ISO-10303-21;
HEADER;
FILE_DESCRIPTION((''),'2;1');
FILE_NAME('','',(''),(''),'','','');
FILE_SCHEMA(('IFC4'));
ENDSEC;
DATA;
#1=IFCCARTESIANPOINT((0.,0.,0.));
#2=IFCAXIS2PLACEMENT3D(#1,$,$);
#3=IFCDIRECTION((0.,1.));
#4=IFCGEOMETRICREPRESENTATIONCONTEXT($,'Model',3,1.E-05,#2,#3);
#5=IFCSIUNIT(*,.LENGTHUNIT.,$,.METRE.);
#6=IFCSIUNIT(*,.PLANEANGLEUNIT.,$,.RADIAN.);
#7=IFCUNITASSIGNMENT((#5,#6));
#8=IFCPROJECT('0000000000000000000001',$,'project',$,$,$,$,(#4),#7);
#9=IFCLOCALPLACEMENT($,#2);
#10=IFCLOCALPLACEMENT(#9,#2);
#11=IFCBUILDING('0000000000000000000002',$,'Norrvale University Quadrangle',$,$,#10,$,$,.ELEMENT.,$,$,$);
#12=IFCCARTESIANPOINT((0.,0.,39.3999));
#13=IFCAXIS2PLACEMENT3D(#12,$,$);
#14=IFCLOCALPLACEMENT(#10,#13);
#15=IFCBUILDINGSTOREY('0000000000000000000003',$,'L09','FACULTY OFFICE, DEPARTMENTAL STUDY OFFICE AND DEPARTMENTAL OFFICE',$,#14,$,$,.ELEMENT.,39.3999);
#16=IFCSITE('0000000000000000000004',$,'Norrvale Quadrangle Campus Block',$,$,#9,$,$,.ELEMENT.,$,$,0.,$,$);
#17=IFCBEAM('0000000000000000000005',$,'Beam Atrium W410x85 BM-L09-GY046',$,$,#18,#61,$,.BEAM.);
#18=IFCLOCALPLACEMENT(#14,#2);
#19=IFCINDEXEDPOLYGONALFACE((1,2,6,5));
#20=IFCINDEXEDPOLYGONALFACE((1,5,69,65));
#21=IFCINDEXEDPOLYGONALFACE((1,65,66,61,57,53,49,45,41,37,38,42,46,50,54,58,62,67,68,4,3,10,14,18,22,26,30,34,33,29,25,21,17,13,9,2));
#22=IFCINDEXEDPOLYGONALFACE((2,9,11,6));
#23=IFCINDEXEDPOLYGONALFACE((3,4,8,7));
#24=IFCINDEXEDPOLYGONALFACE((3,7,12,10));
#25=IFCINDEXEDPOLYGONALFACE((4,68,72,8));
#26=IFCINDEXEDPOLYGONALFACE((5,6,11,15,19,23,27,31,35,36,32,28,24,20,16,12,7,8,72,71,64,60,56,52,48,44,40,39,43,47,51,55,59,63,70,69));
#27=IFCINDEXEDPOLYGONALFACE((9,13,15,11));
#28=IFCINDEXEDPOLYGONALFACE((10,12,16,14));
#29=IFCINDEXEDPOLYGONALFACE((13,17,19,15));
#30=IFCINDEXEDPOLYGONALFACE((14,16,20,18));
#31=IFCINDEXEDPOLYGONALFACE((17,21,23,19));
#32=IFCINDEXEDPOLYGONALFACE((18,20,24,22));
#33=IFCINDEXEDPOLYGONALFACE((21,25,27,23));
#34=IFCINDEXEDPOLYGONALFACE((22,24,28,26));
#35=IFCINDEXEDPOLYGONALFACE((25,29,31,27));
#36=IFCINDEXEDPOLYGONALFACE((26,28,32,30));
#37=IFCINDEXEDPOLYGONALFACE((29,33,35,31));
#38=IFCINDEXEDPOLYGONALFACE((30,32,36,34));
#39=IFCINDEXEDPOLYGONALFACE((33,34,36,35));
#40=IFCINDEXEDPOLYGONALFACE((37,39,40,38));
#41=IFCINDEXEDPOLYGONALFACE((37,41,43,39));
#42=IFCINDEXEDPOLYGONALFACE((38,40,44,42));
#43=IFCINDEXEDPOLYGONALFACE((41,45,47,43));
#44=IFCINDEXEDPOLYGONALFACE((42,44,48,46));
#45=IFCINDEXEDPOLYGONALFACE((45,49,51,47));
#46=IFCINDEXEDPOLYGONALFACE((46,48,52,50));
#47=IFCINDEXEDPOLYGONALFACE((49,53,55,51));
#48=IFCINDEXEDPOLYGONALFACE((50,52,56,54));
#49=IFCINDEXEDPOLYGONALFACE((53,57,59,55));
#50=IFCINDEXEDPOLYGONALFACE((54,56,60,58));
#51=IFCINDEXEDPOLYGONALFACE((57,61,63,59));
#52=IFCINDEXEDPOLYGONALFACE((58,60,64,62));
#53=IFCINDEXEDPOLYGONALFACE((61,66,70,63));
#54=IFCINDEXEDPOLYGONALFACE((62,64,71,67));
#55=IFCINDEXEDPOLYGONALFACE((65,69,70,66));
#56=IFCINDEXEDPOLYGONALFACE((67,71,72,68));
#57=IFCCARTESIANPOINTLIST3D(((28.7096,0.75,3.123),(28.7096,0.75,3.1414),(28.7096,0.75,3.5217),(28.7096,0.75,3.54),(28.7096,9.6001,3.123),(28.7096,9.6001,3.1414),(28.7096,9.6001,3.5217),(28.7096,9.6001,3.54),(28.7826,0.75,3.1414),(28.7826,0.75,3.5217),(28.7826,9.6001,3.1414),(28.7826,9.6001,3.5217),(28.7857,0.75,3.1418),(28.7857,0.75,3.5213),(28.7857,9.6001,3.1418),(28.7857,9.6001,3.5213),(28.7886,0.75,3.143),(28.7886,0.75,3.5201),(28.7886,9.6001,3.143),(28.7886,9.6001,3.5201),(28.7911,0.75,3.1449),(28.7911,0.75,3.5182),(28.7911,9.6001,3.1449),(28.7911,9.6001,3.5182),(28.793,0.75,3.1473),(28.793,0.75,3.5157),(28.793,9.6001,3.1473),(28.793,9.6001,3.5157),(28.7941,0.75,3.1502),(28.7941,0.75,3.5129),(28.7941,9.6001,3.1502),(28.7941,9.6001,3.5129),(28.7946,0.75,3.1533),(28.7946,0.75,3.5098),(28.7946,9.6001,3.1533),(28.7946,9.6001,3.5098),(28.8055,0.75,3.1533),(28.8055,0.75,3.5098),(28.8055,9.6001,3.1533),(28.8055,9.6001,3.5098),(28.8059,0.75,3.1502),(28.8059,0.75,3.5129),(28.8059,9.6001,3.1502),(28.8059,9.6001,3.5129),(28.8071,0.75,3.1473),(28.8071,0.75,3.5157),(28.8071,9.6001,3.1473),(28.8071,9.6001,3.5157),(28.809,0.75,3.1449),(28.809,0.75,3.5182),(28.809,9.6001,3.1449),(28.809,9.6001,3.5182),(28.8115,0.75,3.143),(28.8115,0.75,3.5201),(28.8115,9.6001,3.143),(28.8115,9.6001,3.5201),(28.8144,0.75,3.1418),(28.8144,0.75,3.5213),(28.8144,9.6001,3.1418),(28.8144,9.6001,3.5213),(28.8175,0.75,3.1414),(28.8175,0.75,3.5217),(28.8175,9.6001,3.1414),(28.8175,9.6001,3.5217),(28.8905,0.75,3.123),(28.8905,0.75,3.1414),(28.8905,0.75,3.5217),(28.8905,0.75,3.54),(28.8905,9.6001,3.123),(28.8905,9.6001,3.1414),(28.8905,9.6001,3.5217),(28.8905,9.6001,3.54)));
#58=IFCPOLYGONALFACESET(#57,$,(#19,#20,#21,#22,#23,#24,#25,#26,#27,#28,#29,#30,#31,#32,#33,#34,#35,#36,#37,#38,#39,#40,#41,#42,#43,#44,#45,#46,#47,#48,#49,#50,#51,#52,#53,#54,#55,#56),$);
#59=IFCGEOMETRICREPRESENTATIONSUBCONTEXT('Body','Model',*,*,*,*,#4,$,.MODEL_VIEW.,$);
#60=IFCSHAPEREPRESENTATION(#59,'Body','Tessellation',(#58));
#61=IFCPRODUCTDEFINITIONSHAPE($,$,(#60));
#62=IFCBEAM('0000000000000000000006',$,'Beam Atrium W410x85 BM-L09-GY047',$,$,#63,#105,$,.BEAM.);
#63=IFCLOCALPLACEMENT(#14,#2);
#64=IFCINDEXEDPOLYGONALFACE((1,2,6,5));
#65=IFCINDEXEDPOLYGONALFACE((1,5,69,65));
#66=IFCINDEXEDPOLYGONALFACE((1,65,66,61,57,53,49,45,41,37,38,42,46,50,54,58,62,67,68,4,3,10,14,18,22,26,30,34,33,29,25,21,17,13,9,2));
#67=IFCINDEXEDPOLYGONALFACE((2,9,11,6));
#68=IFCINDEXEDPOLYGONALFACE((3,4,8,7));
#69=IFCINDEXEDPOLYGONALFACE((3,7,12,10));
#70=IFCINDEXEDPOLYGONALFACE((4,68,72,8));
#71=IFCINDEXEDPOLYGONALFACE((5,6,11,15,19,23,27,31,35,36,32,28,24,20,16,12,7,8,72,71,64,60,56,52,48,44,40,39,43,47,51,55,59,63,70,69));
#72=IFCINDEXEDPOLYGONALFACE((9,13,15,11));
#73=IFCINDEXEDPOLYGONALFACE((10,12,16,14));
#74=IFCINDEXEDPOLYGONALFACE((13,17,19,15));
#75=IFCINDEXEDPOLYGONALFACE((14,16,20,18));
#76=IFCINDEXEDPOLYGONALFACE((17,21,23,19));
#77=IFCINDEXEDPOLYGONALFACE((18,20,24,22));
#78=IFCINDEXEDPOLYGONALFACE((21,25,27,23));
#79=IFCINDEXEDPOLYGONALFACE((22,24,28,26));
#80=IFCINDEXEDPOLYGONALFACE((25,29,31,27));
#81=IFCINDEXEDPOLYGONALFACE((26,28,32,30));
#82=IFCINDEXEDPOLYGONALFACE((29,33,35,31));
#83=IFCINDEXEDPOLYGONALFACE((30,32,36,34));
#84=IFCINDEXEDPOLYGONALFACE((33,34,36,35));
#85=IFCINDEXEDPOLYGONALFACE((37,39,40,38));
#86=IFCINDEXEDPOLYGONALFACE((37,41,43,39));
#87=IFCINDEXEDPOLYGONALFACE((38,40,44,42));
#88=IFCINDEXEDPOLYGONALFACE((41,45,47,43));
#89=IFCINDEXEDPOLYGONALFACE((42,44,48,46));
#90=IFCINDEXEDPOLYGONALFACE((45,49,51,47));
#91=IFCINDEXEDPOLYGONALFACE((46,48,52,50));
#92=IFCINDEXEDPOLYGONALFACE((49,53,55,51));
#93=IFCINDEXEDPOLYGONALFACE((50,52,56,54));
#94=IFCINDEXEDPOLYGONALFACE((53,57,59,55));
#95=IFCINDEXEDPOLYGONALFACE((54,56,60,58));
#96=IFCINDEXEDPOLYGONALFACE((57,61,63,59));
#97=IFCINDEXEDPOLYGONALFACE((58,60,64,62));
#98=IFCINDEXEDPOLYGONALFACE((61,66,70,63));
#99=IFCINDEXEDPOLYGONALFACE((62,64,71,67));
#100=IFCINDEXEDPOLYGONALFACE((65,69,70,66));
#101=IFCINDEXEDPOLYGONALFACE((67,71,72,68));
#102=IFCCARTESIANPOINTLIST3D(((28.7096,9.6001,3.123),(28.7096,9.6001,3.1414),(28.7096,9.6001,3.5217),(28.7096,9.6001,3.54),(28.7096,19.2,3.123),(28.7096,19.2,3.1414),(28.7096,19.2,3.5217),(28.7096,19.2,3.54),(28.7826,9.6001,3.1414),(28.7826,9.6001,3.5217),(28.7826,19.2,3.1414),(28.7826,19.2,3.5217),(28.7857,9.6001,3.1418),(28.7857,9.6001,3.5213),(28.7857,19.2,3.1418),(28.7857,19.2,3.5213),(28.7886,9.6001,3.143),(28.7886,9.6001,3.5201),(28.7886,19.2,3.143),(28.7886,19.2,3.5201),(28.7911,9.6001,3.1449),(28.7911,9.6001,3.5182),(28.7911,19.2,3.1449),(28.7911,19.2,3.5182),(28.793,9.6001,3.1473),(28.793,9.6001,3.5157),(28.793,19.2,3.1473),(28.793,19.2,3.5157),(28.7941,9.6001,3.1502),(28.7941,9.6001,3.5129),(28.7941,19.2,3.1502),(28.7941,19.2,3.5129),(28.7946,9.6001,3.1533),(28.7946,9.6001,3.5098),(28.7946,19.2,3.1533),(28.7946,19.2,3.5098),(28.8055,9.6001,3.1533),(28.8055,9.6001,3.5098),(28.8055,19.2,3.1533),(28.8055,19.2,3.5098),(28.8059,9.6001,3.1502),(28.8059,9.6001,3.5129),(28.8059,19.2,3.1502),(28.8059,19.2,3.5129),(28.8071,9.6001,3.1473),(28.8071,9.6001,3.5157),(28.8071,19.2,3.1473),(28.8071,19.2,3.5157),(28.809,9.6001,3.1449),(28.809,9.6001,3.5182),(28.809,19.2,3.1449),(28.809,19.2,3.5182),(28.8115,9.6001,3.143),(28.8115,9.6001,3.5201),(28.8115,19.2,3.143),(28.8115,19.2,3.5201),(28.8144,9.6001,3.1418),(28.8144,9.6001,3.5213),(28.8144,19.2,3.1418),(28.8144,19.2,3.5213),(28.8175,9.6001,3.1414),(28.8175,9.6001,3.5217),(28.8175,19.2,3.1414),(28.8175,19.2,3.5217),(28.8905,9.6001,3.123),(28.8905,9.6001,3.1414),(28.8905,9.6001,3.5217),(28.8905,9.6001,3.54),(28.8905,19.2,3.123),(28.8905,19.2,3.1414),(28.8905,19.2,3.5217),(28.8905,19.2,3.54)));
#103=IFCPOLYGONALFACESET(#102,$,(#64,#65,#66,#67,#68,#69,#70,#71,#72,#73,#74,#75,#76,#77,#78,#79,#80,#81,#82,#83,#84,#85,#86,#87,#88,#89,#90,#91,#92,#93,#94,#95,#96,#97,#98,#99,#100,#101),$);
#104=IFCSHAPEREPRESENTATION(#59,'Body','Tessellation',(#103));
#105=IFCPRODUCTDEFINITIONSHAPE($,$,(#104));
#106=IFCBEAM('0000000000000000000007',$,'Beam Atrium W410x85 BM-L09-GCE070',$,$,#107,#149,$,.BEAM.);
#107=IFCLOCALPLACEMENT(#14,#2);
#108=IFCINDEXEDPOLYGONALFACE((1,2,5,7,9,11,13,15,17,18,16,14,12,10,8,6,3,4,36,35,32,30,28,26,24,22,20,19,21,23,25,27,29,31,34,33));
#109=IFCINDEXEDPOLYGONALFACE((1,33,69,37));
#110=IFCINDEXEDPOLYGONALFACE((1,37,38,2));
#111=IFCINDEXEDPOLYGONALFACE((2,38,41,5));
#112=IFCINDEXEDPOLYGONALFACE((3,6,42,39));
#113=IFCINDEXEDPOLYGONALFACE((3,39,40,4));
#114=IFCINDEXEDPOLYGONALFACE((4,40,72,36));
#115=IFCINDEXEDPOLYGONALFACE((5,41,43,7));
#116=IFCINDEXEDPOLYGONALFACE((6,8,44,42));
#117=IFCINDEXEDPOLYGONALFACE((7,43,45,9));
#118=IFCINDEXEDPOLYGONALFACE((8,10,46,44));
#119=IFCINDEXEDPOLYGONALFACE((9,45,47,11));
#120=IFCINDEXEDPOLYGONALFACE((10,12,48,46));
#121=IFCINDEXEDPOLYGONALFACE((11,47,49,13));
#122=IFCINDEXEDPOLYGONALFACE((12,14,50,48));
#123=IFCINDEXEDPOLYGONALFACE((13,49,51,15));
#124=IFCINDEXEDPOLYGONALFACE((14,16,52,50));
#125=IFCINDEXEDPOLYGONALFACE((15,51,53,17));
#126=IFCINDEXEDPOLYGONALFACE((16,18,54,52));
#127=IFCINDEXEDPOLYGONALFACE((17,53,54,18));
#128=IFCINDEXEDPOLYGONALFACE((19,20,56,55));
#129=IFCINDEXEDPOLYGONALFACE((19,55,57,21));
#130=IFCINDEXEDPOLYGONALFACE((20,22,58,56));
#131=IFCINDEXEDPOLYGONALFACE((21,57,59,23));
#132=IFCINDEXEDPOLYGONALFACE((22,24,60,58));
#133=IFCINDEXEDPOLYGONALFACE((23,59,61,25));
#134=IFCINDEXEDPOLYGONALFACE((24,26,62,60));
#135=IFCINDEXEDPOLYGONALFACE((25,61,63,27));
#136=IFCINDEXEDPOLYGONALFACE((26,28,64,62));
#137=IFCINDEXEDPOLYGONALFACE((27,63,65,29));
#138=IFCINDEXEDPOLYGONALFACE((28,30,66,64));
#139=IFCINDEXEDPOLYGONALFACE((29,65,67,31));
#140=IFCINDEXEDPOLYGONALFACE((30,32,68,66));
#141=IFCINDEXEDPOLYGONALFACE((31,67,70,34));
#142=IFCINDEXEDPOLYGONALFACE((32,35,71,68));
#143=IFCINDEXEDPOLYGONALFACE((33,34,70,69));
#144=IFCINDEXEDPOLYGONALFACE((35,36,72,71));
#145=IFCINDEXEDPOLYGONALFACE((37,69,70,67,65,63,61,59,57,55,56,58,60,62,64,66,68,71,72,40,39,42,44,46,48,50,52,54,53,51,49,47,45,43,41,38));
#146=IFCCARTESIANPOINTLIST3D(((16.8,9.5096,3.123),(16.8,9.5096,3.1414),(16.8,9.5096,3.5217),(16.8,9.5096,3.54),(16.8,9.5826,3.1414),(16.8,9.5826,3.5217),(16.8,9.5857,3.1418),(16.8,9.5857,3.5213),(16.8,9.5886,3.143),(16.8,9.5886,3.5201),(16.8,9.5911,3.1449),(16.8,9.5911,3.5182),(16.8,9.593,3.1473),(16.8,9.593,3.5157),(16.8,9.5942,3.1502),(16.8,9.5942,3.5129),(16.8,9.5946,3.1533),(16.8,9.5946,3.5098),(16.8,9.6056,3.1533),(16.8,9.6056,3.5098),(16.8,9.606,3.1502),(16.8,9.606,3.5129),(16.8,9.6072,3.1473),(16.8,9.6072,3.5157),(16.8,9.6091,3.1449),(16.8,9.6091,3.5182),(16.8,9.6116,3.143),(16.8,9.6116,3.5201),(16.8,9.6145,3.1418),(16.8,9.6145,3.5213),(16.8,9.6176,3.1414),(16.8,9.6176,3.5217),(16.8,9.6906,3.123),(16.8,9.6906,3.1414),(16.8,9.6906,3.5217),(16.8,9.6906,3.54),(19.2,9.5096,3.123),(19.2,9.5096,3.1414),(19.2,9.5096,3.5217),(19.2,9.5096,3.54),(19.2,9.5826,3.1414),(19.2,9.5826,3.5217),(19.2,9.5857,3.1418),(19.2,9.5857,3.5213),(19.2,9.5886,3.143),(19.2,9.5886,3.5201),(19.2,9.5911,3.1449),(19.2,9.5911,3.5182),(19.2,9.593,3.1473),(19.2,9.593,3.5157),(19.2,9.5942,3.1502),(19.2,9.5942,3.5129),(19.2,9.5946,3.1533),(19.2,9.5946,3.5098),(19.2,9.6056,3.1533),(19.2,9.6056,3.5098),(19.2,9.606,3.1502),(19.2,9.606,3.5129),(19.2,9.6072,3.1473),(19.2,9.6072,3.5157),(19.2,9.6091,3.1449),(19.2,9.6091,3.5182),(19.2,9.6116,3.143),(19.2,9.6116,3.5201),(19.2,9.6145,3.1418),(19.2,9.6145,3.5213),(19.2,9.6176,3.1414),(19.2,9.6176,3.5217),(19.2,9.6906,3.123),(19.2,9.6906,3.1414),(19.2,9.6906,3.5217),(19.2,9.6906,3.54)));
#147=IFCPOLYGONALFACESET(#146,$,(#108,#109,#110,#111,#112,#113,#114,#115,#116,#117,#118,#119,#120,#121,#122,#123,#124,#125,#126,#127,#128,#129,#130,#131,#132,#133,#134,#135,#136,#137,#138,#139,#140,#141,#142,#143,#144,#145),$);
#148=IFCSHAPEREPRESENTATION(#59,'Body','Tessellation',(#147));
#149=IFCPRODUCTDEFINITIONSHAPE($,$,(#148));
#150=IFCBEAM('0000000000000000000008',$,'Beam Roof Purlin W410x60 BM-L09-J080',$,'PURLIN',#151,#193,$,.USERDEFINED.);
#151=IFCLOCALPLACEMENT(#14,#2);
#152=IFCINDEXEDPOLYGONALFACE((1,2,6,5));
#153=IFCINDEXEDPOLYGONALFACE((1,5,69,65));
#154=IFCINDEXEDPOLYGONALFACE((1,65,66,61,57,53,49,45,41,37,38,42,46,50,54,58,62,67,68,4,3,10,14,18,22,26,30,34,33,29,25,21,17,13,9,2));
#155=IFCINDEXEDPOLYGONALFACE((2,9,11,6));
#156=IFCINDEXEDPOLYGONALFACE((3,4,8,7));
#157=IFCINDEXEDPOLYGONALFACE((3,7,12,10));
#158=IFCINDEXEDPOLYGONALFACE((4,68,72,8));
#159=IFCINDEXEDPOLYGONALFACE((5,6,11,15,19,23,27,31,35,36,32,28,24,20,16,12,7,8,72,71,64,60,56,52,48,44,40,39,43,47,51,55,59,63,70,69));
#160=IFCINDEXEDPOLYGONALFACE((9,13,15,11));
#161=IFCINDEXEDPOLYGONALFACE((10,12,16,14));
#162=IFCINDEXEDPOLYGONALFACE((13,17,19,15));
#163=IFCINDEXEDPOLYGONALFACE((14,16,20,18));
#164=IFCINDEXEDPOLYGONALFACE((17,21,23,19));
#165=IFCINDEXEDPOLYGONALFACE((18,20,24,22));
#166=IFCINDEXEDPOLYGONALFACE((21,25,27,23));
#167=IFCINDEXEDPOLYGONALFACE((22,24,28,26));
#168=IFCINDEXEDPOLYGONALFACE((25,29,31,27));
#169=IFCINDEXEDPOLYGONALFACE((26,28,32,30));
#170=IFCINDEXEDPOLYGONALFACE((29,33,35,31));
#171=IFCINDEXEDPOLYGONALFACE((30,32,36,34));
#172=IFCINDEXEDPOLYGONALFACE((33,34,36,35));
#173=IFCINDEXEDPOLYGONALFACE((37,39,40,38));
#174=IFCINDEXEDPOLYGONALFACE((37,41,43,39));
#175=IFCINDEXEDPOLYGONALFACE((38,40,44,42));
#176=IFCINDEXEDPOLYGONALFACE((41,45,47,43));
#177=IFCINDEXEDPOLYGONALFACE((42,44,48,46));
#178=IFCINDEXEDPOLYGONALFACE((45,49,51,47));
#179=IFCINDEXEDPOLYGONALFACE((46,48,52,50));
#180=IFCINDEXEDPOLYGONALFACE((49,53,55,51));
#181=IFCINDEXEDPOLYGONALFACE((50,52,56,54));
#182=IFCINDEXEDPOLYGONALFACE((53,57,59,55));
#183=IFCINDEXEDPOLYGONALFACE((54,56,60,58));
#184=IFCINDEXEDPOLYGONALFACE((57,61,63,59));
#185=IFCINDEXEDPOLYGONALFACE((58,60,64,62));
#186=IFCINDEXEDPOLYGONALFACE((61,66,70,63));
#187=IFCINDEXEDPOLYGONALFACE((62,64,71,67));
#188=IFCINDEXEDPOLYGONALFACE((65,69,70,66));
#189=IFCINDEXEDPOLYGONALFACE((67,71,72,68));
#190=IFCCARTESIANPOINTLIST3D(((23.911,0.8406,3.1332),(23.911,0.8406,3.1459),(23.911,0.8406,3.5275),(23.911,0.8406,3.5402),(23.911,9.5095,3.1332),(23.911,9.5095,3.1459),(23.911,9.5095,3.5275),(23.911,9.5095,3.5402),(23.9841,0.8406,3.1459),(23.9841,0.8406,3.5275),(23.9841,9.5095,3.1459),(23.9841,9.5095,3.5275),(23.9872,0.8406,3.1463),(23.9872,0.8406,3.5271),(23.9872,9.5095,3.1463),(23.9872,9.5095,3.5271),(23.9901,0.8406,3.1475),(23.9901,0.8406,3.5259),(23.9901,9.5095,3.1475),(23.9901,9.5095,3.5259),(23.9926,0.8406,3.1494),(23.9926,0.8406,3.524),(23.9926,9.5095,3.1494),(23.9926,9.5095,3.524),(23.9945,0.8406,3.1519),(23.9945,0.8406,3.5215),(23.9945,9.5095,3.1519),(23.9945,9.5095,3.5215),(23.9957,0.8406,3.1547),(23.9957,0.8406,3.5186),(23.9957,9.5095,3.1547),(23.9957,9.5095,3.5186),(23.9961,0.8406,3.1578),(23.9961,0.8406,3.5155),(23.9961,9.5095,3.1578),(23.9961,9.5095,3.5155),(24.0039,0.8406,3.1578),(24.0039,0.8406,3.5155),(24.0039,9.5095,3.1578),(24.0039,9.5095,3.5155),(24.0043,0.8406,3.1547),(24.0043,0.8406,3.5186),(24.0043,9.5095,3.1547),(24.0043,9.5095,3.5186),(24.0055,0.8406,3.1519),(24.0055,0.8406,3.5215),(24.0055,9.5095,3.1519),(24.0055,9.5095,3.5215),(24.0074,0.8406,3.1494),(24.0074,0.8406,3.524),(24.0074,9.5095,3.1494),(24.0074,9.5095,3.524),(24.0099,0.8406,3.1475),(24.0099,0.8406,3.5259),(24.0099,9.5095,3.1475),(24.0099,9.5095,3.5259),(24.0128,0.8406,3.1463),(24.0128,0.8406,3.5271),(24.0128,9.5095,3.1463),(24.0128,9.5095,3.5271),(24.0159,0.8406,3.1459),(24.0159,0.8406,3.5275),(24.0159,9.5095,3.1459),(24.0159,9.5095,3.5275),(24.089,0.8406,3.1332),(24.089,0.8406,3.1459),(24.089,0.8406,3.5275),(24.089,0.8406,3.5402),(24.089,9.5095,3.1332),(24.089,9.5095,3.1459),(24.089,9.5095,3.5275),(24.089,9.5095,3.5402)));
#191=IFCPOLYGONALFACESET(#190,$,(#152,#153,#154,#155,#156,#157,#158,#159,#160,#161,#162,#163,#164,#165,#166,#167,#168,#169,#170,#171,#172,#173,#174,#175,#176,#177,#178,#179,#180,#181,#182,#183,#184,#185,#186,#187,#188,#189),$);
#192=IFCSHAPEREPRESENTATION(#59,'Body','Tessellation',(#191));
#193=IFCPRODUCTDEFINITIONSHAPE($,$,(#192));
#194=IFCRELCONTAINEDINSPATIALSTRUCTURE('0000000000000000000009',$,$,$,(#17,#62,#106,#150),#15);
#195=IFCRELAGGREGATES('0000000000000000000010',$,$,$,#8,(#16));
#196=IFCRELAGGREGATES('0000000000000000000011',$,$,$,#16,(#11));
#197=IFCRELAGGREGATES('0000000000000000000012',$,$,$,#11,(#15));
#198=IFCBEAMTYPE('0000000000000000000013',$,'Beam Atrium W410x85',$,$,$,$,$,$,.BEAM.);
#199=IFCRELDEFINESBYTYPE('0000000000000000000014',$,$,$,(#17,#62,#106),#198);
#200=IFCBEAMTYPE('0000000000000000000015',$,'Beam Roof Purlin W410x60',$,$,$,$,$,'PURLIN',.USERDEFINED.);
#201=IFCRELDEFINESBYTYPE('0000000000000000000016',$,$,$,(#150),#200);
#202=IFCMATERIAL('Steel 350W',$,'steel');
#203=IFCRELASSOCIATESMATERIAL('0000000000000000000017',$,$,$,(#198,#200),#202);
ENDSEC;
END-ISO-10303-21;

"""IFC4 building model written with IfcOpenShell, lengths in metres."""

from ifc_helpers import new_model, si_unit, direction, frame, origin, origin_2d, place, context, subcontext, project, spatial, i_section, extrude, material, material_profile, profile_set, type_object, element, save


model = new_model("IFC4")

# Units and contexts
model_context = context("Model", 3, precision=1e-05, world=origin(), true_north=direction((0.0, 1.0)))
body_context = subcontext(model_context, "Body", "Model", "MODEL_VIEW")
ifc_project = project(units=[si_unit("LENGTHUNIT", "METRE"), si_unit("PLANEANGLEUNIT", "RADIAN")], contexts=[model_context])

# Site, building, storey
site_placement = place(None, origin())
site = spatial("IfcSite", under=ifc_project, at=site_placement, Name="Norrvale Quadrangle Campus Block", CompositionType="ELEMENT", RefElevation=0.0)
building_placement = place(site_placement, origin())
building = spatial("IfcBuilding", under=site, at=building_placement, Name="Norrvale University Quadrangle", CompositionType="ELEMENT")
storey_placement = place(building_placement, frame((0.0, 0.0, 39.3999)))
storey = spatial("IfcBuildingStorey", under=building, at=storey_placement, Name="L09", Description="FACULTY OFFICE, DEPARTMENTAL STUDY OFFICE AND DEPARTMENTAL OFFICE", CompositionType="ELEMENT", Elevation=39.3999)

# Beams
ifc_material_1 = material(Name="Steel 350W", Category="steel")
ifc_material_profile_1 = material_profile(ifc_material_1, i_section(OverallWidth=0.1809, OverallDepth=0.417, WebThickness=0.011, FlangeThickness=0.0183, FilletRadius=0.012, at=origin_2d()), Name="Steel 350W")
ifc_profile_set_1 = profile_set([ifc_material_profile_1], Name="Steel 350W")
beam_type_1 = type_object("IfcBeamType", Name="Beam Atrium W410x85", PredefinedType="BEAM", material=ifc_profile_set_1)
beam_1_placement = place(storey_placement, frame((28.8, 0.75, 3.3315), z_axis=(0.0, 1.0, 0.0), x_axis=(-1.0, 0.0, 0.0)))
element("IfcBeam", 1, at=beam_1_placement, inside=storey, type_object=beam_type_1, Name="Beam Atrium W410x85 BM-L09-GY046", PredefinedType="BEAM", context=body_context, shape_type="SweptSolid", body=[
    extrude(i_section(OverallWidth=0.1809, OverallDepth=0.417, WebThickness=0.011, FlangeThickness=0.0183, FilletRadius=0.012, at=origin_2d()), origin(), (0.0, 0.0, 1.0), 8.8501),
])
beam_2_placement = place(storey_placement, frame((28.8, 9.6001, 3.3315), z_axis=(0.0, 1.0, 0.0), x_axis=(-1.0, 0.0, 0.0)))
element("IfcBeam", 2, at=beam_2_placement, inside=storey, type_object=beam_type_1, Name="Beam Atrium W410x85 BM-L09-GY047", PredefinedType="BEAM", context=body_context, shape_type="SweptSolid", body=[
    extrude(i_section(OverallWidth=0.1809, OverallDepth=0.417, WebThickness=0.011, FlangeThickness=0.0183, FilletRadius=0.012, at=origin_2d()), origin(), (0.0, 0.0, 1.0), 9.5999),
])
beam_3_placement = place(storey_placement, frame((16.8, 9.6001, 3.3315), z_axis=(1.0, 0.0, 0.0), x_axis=(0.0, 1.0, 0.0)))
element("IfcBeam", 3, at=beam_3_placement, inside=storey, type_object=beam_type_1, Name="Beam Atrium W410x85 BM-L09-GCE070", PredefinedType="BEAM", context=body_context, shape_type="SweptSolid", body=[
    extrude(i_section(OverallWidth=0.1809, OverallDepth=0.417, WebThickness=0.011, FlangeThickness=0.0183, FilletRadius=0.012, at=origin_2d()), origin(), (0.0, 0.0, 1.0), 2.3999),
])
ifc_material_profile_2 = material_profile(ifc_material_1, i_section(OverallWidth=0.178, OverallDepth=0.407, WebThickness=0.0078, FlangeThickness=0.0127, FilletRadius=0.012, at=origin_2d()), Name="Steel 350W")
ifc_profile_set_2 = profile_set([ifc_material_profile_2], Name="Steel 350W")
beam_type_2 = type_object("IfcBeamType", Name="Beam Roof Purlin W410x60", ElementType="PURLIN", PredefinedType="USERDEFINED", material=ifc_profile_set_2)
beam_4_placement = place(storey_placement, frame((24.0, 0.8406, 3.3367), z_axis=(0.0, 1.0, 0.0), x_axis=(-1.0, 0.0, 0.0)))
element("IfcBeam", 4, at=beam_4_placement, inside=storey, type_object=beam_type_2, Name="Beam Roof Purlin W410x60 BM-L09-J080", ObjectType="PURLIN", PredefinedType="USERDEFINED", context=body_context, shape_type="SweptSolid", body=[
    extrude(i_section(OverallWidth=0.178, OverallDepth=0.407, WebThickness=0.0078, FlangeThickness=0.0127, FilletRadius=0.012, at=origin_2d()), origin(), (0.0, 0.0, 1.0), 8.6689),
])

save(model, "model.ifc")
